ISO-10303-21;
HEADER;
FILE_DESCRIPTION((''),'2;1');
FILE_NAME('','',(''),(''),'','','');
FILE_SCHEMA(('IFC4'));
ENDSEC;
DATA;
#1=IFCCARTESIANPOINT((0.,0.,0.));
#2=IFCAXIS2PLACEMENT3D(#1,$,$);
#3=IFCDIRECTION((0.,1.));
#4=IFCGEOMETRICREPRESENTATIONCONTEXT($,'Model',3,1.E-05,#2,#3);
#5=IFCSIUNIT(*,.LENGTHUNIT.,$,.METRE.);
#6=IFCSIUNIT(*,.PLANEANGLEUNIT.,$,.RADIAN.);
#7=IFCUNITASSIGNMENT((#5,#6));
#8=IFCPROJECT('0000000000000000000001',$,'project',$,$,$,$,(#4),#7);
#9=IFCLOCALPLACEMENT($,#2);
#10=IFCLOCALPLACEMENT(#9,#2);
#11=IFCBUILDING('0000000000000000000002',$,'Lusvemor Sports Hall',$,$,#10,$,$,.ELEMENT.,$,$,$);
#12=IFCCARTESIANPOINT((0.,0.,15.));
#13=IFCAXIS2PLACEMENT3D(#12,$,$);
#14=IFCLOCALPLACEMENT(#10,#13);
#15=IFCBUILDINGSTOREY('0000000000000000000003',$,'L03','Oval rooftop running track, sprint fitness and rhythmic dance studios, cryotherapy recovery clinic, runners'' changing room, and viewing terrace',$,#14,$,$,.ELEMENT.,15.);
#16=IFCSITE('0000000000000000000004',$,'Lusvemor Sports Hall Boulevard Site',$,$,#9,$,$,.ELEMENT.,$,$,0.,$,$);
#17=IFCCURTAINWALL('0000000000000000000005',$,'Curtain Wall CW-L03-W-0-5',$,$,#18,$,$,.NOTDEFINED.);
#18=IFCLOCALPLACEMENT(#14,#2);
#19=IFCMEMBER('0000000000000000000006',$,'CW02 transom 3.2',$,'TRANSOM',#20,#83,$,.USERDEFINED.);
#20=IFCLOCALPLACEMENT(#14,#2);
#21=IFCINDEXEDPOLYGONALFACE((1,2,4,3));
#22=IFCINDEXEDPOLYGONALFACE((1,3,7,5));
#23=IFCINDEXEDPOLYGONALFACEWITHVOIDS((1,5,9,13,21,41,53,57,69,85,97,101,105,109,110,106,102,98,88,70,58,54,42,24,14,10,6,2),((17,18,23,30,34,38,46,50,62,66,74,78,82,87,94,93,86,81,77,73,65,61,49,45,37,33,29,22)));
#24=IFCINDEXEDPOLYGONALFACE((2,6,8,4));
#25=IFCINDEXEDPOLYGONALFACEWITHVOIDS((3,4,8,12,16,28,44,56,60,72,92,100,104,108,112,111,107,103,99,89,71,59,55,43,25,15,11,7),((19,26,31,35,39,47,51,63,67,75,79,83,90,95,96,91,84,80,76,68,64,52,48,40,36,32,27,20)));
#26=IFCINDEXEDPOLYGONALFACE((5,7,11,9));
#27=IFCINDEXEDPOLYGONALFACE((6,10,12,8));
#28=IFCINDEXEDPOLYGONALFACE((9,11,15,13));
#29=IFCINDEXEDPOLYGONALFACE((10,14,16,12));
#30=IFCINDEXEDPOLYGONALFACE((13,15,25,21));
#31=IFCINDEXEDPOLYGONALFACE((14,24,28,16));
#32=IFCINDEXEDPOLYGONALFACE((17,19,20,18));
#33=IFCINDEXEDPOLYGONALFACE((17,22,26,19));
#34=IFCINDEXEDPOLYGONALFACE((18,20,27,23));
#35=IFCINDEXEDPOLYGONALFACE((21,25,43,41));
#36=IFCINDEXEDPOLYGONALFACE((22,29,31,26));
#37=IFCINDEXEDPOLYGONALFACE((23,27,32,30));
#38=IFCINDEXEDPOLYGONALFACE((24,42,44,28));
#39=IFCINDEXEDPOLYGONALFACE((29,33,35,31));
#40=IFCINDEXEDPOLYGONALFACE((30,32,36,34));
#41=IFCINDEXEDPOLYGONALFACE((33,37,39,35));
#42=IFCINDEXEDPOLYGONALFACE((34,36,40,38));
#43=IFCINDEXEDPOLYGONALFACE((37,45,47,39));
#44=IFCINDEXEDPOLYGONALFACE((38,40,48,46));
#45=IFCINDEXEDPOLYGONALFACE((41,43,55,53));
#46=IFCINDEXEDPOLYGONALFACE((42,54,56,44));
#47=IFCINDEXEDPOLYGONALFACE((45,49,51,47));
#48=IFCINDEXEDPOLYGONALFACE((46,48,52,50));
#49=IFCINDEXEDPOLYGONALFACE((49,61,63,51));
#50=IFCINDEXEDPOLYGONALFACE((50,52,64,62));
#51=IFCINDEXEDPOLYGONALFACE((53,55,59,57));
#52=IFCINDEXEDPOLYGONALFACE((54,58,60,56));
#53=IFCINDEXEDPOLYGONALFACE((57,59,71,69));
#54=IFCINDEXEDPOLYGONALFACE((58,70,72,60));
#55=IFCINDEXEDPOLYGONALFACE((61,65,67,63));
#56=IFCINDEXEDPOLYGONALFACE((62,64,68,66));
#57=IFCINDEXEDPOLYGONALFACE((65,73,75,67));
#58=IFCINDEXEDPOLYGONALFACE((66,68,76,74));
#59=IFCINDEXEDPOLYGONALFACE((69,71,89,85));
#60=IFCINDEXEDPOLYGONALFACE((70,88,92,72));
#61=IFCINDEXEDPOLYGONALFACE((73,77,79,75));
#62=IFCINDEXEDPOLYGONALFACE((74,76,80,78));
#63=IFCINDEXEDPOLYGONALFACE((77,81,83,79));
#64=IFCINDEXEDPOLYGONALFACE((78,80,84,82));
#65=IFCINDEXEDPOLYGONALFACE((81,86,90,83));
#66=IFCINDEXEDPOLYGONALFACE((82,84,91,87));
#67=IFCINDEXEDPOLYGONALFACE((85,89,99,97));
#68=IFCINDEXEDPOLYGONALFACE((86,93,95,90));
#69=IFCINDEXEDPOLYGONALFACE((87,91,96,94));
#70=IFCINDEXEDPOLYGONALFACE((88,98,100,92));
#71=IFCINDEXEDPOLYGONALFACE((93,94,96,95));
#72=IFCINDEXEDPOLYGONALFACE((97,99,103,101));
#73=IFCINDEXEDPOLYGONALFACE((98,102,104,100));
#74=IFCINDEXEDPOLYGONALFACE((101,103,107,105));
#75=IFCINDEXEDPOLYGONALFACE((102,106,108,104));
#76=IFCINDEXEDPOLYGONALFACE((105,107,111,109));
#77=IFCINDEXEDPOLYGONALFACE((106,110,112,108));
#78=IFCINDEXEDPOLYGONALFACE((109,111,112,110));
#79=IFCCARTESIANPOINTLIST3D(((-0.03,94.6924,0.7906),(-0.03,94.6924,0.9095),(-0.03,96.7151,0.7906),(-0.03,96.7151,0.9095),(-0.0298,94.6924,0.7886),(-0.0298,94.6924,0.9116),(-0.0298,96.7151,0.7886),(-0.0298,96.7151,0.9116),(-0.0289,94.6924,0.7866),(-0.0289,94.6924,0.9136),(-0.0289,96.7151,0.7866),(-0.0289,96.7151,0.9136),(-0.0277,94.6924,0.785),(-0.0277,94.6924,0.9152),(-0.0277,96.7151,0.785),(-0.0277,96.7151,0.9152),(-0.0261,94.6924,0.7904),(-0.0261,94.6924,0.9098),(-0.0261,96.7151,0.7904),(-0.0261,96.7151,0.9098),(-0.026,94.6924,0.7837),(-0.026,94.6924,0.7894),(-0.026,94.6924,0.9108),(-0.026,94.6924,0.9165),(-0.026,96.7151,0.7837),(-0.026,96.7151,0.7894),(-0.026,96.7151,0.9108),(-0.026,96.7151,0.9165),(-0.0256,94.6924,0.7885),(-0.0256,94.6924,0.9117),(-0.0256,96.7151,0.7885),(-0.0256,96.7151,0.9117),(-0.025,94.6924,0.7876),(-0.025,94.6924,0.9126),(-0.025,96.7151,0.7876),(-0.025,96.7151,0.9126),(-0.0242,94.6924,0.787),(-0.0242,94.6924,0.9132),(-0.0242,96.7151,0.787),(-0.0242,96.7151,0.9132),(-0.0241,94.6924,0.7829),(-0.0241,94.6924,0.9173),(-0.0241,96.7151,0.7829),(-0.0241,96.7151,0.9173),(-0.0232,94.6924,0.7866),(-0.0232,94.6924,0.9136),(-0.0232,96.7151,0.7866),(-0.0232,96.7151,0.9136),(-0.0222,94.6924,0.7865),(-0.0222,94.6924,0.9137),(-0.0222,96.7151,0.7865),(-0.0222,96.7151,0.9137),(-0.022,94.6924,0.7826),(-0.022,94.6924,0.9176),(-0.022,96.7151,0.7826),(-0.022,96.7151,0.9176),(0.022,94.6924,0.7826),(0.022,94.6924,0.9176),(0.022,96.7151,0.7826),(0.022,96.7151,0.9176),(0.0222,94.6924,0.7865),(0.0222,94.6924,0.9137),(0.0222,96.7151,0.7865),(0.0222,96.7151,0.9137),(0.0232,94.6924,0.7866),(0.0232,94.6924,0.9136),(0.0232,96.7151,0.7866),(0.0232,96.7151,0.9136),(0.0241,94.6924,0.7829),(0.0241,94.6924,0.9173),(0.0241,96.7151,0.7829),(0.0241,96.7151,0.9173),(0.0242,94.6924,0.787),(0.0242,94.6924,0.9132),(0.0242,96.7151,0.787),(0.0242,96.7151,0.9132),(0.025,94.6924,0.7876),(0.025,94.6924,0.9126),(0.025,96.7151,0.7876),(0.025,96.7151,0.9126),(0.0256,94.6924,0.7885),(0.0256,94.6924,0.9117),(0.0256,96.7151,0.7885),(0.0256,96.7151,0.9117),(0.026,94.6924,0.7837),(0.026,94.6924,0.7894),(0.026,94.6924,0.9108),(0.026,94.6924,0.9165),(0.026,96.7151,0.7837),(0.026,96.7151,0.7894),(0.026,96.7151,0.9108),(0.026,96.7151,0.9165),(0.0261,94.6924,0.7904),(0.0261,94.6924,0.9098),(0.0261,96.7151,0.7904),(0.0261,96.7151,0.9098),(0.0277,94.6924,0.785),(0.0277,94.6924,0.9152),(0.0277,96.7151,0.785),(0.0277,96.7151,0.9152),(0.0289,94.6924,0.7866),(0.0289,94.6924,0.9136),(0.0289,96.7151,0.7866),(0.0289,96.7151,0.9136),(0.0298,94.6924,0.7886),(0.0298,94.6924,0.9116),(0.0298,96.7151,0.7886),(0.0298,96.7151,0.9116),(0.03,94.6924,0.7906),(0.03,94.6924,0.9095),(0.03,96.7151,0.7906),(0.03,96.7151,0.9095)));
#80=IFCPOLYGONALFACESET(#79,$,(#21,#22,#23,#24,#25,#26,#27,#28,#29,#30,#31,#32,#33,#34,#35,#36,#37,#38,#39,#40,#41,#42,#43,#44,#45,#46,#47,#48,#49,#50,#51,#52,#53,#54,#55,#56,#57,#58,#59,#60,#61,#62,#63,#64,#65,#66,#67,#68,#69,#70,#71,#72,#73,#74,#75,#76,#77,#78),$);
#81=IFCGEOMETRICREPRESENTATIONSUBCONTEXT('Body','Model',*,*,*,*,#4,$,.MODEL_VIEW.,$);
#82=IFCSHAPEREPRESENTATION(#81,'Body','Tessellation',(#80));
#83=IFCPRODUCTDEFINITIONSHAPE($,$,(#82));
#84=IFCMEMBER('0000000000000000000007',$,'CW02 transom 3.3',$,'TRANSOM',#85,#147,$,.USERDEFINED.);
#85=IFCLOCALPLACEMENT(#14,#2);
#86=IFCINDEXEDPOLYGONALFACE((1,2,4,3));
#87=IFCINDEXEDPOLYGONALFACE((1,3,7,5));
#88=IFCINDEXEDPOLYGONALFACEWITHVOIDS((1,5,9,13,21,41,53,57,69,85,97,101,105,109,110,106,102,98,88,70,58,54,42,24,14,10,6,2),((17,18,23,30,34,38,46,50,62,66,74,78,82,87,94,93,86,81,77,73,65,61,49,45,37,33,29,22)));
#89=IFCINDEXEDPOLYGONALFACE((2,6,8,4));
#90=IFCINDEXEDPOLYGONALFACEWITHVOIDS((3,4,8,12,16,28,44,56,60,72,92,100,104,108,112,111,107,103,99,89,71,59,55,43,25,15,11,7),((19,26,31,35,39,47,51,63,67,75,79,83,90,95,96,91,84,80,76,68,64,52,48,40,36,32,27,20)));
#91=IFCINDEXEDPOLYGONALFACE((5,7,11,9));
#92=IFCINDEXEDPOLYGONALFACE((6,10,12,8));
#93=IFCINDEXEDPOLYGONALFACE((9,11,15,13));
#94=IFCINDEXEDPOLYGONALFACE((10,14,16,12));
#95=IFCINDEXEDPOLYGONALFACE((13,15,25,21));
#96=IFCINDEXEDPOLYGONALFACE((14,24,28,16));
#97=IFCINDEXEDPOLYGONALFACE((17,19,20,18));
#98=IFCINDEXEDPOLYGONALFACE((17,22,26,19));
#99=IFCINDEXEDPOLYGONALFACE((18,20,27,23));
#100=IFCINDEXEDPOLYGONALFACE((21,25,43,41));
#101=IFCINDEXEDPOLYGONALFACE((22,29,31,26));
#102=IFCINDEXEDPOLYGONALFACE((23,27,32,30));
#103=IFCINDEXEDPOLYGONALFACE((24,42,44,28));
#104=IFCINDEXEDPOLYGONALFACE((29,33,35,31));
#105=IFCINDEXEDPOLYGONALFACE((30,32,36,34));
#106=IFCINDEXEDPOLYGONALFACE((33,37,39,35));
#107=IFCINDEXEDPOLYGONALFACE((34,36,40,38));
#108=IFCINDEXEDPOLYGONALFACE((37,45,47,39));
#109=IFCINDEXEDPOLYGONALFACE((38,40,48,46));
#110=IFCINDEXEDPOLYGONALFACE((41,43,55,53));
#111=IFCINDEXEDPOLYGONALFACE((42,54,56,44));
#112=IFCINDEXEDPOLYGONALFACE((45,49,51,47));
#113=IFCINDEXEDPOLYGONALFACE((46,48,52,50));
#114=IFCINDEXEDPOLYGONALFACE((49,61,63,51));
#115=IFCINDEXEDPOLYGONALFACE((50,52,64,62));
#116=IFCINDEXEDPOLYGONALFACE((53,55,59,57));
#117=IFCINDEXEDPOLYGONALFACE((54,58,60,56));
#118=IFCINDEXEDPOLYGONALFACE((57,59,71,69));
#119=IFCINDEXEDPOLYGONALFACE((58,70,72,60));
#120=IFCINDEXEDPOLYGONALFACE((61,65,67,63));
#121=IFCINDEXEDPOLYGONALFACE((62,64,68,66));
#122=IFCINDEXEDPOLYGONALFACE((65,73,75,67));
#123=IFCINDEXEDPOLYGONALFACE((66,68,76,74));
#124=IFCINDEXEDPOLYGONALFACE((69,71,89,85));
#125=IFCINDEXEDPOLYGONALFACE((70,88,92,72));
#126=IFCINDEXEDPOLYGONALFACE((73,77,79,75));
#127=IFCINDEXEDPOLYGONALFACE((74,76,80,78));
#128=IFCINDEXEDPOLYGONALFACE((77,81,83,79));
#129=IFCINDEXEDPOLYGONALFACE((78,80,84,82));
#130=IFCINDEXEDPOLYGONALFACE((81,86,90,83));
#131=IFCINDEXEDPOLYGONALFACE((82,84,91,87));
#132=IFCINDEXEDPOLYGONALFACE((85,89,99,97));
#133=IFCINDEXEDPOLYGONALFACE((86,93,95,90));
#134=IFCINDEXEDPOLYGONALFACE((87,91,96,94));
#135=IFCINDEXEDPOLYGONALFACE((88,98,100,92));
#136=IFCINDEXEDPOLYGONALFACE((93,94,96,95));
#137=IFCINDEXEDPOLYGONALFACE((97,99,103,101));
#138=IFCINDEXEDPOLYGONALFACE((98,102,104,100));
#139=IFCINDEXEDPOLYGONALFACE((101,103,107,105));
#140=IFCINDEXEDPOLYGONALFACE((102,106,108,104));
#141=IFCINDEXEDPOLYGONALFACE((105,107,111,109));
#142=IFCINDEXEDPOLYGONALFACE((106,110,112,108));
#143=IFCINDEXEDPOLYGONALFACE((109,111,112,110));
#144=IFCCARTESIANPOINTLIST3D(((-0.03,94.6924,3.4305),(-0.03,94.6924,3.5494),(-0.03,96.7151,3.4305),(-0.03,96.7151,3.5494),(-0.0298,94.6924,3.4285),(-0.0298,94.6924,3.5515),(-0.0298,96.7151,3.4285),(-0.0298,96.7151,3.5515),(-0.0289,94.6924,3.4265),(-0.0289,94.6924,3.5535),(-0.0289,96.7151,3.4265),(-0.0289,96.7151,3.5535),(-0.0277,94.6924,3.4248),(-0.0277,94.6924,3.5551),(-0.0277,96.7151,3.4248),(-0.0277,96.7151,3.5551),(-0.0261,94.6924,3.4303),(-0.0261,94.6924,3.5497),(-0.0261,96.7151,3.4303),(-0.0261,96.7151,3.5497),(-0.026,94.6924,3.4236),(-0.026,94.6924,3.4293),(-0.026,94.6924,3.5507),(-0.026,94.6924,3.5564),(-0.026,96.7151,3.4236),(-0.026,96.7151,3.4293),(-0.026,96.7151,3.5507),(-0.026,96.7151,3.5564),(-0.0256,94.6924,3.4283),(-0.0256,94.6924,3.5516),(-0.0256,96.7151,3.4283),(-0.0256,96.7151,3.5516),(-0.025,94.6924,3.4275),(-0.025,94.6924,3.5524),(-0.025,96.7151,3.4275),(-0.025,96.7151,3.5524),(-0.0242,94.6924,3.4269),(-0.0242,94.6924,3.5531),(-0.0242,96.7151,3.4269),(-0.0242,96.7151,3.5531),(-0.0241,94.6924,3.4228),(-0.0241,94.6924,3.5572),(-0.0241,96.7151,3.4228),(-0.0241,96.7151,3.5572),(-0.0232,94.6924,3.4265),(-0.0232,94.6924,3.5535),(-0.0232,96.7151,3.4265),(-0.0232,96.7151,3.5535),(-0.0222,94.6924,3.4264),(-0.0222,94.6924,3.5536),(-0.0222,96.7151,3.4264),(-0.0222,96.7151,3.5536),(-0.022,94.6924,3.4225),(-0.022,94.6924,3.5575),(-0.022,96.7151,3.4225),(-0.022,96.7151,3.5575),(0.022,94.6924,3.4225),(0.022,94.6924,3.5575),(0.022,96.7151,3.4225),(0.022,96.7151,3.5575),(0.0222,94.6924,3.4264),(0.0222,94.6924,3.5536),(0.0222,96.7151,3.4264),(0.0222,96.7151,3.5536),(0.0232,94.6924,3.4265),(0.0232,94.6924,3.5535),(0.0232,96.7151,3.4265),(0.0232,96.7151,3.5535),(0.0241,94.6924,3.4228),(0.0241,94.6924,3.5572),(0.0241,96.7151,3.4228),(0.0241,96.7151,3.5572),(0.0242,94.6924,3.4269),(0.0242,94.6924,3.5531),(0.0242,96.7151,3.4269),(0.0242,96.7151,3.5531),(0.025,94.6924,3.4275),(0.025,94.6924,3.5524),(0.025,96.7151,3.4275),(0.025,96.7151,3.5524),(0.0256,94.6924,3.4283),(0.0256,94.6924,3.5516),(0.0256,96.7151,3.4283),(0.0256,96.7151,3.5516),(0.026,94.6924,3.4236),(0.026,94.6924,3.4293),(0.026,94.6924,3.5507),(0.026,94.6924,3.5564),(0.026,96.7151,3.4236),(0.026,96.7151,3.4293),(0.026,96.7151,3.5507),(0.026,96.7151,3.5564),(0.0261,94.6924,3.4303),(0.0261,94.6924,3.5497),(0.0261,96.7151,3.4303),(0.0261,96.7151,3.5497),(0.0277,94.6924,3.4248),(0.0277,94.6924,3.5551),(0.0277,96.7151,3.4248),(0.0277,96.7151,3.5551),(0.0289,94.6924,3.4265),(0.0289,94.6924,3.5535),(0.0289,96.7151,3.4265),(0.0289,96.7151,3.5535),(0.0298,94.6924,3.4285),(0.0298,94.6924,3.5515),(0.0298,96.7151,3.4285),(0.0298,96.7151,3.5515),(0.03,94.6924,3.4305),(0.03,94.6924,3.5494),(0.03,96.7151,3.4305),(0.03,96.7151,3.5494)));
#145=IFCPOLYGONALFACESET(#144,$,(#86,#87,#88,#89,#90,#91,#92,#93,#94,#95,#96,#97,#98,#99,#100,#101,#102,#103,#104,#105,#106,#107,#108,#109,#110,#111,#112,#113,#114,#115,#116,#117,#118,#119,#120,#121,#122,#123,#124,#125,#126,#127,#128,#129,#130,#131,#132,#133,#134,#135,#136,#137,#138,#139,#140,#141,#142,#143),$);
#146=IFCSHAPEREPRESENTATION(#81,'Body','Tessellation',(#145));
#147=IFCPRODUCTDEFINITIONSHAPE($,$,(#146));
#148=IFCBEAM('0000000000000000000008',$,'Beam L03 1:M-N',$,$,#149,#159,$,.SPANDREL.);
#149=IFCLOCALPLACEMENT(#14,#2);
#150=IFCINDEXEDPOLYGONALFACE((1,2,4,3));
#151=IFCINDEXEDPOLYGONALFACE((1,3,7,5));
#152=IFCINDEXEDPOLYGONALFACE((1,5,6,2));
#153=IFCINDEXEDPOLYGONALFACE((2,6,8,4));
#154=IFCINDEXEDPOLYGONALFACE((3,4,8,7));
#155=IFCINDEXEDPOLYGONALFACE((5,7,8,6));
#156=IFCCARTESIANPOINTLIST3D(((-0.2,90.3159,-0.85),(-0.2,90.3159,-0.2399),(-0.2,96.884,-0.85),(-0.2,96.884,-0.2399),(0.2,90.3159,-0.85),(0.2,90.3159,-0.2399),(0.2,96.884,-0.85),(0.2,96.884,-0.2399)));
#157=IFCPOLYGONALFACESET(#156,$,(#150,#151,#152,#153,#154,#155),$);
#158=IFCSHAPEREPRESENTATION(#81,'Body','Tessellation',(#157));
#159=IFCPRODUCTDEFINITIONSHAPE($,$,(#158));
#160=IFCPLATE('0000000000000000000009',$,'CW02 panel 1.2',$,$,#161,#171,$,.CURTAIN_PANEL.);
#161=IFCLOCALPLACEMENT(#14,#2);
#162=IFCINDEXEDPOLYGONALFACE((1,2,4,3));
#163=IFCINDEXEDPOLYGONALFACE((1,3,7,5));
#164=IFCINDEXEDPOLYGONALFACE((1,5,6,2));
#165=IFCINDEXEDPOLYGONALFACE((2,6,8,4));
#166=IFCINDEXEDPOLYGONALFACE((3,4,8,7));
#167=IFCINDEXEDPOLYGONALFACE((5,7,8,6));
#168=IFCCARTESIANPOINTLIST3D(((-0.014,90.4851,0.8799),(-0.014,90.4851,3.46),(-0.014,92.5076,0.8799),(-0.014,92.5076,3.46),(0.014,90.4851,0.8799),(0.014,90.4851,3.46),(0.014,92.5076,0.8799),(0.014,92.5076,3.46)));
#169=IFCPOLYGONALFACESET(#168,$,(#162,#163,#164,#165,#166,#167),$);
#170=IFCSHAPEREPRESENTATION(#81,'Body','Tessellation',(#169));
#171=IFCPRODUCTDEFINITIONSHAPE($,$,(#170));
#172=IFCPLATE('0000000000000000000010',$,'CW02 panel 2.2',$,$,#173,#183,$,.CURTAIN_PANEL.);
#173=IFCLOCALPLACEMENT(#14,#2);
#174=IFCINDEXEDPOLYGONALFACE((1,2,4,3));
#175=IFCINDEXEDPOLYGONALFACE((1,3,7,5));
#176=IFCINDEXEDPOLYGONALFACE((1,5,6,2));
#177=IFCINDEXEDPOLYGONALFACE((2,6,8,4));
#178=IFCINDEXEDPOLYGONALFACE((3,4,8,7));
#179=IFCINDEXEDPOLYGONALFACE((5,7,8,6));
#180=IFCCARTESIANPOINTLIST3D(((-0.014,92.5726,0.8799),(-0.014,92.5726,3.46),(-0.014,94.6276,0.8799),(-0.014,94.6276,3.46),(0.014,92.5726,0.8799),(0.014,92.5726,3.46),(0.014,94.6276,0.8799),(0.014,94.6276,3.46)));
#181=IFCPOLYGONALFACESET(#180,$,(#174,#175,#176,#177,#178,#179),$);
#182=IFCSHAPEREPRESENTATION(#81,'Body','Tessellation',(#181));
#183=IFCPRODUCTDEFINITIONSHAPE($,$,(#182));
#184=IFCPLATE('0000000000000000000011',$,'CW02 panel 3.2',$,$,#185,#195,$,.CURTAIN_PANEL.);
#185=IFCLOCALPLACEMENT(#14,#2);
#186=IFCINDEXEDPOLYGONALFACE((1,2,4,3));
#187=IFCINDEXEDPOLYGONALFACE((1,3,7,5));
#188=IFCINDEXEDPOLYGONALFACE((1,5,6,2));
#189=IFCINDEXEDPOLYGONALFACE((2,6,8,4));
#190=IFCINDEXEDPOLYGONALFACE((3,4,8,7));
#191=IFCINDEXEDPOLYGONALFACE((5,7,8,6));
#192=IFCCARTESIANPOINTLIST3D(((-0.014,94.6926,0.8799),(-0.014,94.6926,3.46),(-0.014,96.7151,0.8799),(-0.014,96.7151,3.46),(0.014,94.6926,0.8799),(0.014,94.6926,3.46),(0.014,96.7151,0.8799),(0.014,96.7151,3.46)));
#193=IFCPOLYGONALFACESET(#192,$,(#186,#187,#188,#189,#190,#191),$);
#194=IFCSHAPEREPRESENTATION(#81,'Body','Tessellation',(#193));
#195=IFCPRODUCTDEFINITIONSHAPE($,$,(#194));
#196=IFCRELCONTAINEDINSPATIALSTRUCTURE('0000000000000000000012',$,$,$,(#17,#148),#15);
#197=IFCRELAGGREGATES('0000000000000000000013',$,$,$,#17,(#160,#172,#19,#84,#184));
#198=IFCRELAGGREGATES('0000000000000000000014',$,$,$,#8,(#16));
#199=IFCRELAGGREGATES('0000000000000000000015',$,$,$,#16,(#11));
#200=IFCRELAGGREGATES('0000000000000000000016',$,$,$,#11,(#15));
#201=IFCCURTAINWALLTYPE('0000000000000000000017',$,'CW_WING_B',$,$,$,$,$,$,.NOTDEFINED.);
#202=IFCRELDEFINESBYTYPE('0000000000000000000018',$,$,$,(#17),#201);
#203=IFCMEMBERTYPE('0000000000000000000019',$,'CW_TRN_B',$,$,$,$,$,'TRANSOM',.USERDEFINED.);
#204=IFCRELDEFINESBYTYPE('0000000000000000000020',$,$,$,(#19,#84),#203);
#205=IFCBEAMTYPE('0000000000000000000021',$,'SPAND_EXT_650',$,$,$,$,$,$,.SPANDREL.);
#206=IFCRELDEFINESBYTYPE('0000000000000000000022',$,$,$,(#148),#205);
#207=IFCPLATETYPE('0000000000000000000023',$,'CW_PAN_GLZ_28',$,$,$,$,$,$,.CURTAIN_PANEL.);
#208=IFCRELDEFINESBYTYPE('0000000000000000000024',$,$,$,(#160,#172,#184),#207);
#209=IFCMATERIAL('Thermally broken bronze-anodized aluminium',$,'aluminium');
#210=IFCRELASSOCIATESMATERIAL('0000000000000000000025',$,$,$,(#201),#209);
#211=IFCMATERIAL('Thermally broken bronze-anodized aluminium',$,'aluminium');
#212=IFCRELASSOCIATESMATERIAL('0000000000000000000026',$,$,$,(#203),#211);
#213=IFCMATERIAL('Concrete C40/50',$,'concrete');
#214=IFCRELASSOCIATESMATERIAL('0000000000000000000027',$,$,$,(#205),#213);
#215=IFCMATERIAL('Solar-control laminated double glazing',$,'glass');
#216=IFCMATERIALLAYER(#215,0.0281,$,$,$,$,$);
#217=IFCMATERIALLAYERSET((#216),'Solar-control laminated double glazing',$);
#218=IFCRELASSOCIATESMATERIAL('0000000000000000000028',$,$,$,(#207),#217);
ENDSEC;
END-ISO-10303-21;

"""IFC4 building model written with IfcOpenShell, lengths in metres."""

from ifc_helpers import new_model, si_unit, direction, frame, origin, origin_2d, place, context, subcontext, project, spatial, rectangle, hollow_rectangle, extrude, material, layer, layer_set, material_profile, profile_set, type_object, element, aggregate, save


model = new_model("IFC4")

# Units and contexts
model_context = context("Model", 3, precision=1e-05, world=origin(), true_north=direction((0.0, 1.0)))
body_context = subcontext(model_context, "Body", "Model", "MODEL_VIEW")
ifc_project = project(units=[si_unit("LENGTHUNIT", "METRE"), si_unit("PLANEANGLEUNIT", "RADIAN")], contexts=[model_context])

# Site, building, storey
site_placement = place(None, origin())
site = spatial("IfcSite", under=ifc_project, at=site_placement, Name="Lusvemor Sports Hall Boulevard Site", CompositionType="ELEMENT", RefElevation=0.0)
building_placement = place(site_placement, origin())
building = spatial("IfcBuilding", under=site, at=building_placement, Name="Lusvemor Sports Hall", CompositionType="ELEMENT")
storey_placement = place(building_placement, frame((0.0, 0.0, 15.0)))
storey = spatial("IfcBuildingStorey", under=building, at=storey_placement, Name="L03", Description="Oval rooftop running track, sprint fitness and rhythmic dance studios, cryotherapy recovery clinic, runners' changing room, and viewing terrace", CompositionType="ELEMENT", Elevation=15.0)

# Curtain wall, members
ifc_material_1 = material(Name="Thermally broken bronze-anodized aluminium", Category="aluminium")
curtain_wall_type = type_object("IfcCurtainWallType", Name="CW_WING_B", PredefinedType="NOTDEFINED", material=ifc_material_1)
curtain_wall_placement = place(storey_placement, origin())
curtain_wall = element("IfcCurtainWall", 1, at=curtain_wall_placement, inside=storey, type_object=curtain_wall_type, Name="Curtain Wall CW-L03-W-0-5", PredefinedType="NOTDEFINED")
ifc_material_2 = material(Name="Thermally broken bronze-anodized aluminium", Category="aluminium")
ifc_material_profile_1 = material_profile(ifc_material_2, hollow_rectangle(XDim=0.0601, YDim=0.135, WallThickness=0.0039, InnerFilletRadius=0.0039, OuterFilletRadius=0.0081, at=origin_2d()), Name="CWTRN135x60x4")
ifc_profile_set_1 = profile_set([ifc_material_profile_1], Name="Thermally broken bronze-anodized aluminium")
member_type_1 = type_object("IfcMemberType", Name="CW_TRN_B", ElementType="TRANSOM", PredefinedType="USERDEFINED", material=ifc_profile_set_1)
member_1_placement = place(storey_placement, frame((0.0, 94.6924, 0.8501), z_axis=(0.0, 1.0, 0.0), x_axis=(-1.0, 0.0, 0.0)))
member_1 = element("IfcMember", 2, at=member_1_placement, type_object=member_type_1, Name="CW02 transom 3.2", ObjectType="TRANSOM", PredefinedType="USERDEFINED", context=body_context, shape_type="SweptSolid", body=[
    extrude(hollow_rectangle(XDim=0.0601, YDim=0.135, WallThickness=0.0039, InnerFilletRadius=0.0039, OuterFilletRadius=0.0081, at=origin_2d()), origin(), (0.0, 0.0, 1.0), 2.0227),
])
member_2_placement = place(storey_placement, frame((0.0, 94.6924, 3.49), z_axis=(0.0, 1.0, 0.0), x_axis=(-1.0, 0.0, 0.0)))
member_2 = element("IfcMember", 3, at=member_2_placement, type_object=member_type_1, Name="CW02 transom 3.3", ObjectType="TRANSOM", PredefinedType="USERDEFINED", context=body_context, shape_type="SweptSolid", body=[
    extrude(hollow_rectangle(XDim=0.0601, YDim=0.135, WallThickness=0.0039, InnerFilletRadius=0.0039, OuterFilletRadius=0.0081, at=origin_2d()), origin(), (0.0, 0.0, 1.0), 2.0227),
])

# Beam
ifc_material_3 = material(Name="Concrete C40/50", Category="concrete")
ifc_material_profile_2 = material_profile(ifc_material_3, rectangle(XDim=0.3999, YDim=0.6101, at=origin_2d()), Name="RC400x610")
ifc_profile_set_2 = profile_set([ifc_material_profile_2], Name="Concrete C40/50")
beam_type_1 = type_object("IfcBeamType", Name="SPAND_EXT_650", PredefinedType="SPANDREL", material=ifc_profile_set_2)
beam_1_placement = place(storey_placement, frame((0.0, 90.3159, -0.5449), z_axis=(0.0, 1.0, 0.0), x_axis=(-1.0, 0.0, 0.0)))
element("IfcBeam", 4, at=beam_1_placement, inside=storey, type_object=beam_type_1, Name="Beam L03 1:M-N", PredefinedType="SPANDREL", context=body_context, shape_type="SweptSolid", body=[
    extrude(rectangle(XDim=0.3999, YDim=0.6101, at=origin_2d()), origin(), (0.0, 0.0, 1.0), 6.5681),
])

# Plates
ifc_material_4 = material(Name="Solar-control laminated double glazing", Category="glass")
ifc_layer_1 = layer(ifc_material_4, 0.0281)
ifc_layer_set_1 = layer_set([ifc_layer_1], Name="Solar-control laminated double glazing")
plate_type_1 = type_object("IfcPlateType", Name="CW_PAN_GLZ_28", PredefinedType="CURTAIN_PANEL", material=ifc_layer_set_1)
plate_1_placement = place(storey_placement, frame((0.0, 91.4963, 0.8799), z_axis=(0.0, 0.0, 1.0), x_axis=(0.0, 1.0, 0.0)))
plate_1 = element("IfcPlate", 5, at=plate_1_placement, type_object=plate_type_1, Name="CW02 panel 1.2", PredefinedType="CURTAIN_PANEL", context=body_context, shape_type="SweptSolid", body=[
    extrude(rectangle(XDim=2.0225, YDim=0.0281, at=origin_2d()), origin(), (0.0, 0.0, 1.0), 2.5801),
])
plate_2_placement = place(storey_placement, frame((0.0, 93.6001, 0.8799), z_axis=(0.0, 0.0, 1.0), x_axis=(0.0, 1.0, 0.0)))
plate_2 = element("IfcPlate", 6, at=plate_2_placement, type_object=plate_type_1, Name="CW02 panel 2.2", PredefinedType="CURTAIN_PANEL", context=body_context, shape_type="SweptSolid", body=[
    extrude(rectangle(XDim=2.0549, YDim=0.0281, at=origin_2d()), origin(), (0.0, 0.0, 1.0), 2.5801),
])
plate_3_placement = place(storey_placement, frame((0.0, 95.7039, 0.8799), z_axis=(0.0, 0.0, 1.0), x_axis=(0.0, 1.0, 0.0)))
plate_3 = element("IfcPlate", 7, at=plate_3_placement, type_object=plate_type_1, Name="CW02 panel 3.2", PredefinedType="CURTAIN_PANEL", context=body_context, shape_type="SweptSolid", body=[
    extrude(rectangle(XDim=2.0225, YDim=0.0281, at=origin_2d()), origin(), (0.0, 0.0, 1.0), 2.5801),
])
aggregate(curtain_wall, [plate_1, plate_2, member_1, member_2, plate_3])

save(model, "model.ifc")
